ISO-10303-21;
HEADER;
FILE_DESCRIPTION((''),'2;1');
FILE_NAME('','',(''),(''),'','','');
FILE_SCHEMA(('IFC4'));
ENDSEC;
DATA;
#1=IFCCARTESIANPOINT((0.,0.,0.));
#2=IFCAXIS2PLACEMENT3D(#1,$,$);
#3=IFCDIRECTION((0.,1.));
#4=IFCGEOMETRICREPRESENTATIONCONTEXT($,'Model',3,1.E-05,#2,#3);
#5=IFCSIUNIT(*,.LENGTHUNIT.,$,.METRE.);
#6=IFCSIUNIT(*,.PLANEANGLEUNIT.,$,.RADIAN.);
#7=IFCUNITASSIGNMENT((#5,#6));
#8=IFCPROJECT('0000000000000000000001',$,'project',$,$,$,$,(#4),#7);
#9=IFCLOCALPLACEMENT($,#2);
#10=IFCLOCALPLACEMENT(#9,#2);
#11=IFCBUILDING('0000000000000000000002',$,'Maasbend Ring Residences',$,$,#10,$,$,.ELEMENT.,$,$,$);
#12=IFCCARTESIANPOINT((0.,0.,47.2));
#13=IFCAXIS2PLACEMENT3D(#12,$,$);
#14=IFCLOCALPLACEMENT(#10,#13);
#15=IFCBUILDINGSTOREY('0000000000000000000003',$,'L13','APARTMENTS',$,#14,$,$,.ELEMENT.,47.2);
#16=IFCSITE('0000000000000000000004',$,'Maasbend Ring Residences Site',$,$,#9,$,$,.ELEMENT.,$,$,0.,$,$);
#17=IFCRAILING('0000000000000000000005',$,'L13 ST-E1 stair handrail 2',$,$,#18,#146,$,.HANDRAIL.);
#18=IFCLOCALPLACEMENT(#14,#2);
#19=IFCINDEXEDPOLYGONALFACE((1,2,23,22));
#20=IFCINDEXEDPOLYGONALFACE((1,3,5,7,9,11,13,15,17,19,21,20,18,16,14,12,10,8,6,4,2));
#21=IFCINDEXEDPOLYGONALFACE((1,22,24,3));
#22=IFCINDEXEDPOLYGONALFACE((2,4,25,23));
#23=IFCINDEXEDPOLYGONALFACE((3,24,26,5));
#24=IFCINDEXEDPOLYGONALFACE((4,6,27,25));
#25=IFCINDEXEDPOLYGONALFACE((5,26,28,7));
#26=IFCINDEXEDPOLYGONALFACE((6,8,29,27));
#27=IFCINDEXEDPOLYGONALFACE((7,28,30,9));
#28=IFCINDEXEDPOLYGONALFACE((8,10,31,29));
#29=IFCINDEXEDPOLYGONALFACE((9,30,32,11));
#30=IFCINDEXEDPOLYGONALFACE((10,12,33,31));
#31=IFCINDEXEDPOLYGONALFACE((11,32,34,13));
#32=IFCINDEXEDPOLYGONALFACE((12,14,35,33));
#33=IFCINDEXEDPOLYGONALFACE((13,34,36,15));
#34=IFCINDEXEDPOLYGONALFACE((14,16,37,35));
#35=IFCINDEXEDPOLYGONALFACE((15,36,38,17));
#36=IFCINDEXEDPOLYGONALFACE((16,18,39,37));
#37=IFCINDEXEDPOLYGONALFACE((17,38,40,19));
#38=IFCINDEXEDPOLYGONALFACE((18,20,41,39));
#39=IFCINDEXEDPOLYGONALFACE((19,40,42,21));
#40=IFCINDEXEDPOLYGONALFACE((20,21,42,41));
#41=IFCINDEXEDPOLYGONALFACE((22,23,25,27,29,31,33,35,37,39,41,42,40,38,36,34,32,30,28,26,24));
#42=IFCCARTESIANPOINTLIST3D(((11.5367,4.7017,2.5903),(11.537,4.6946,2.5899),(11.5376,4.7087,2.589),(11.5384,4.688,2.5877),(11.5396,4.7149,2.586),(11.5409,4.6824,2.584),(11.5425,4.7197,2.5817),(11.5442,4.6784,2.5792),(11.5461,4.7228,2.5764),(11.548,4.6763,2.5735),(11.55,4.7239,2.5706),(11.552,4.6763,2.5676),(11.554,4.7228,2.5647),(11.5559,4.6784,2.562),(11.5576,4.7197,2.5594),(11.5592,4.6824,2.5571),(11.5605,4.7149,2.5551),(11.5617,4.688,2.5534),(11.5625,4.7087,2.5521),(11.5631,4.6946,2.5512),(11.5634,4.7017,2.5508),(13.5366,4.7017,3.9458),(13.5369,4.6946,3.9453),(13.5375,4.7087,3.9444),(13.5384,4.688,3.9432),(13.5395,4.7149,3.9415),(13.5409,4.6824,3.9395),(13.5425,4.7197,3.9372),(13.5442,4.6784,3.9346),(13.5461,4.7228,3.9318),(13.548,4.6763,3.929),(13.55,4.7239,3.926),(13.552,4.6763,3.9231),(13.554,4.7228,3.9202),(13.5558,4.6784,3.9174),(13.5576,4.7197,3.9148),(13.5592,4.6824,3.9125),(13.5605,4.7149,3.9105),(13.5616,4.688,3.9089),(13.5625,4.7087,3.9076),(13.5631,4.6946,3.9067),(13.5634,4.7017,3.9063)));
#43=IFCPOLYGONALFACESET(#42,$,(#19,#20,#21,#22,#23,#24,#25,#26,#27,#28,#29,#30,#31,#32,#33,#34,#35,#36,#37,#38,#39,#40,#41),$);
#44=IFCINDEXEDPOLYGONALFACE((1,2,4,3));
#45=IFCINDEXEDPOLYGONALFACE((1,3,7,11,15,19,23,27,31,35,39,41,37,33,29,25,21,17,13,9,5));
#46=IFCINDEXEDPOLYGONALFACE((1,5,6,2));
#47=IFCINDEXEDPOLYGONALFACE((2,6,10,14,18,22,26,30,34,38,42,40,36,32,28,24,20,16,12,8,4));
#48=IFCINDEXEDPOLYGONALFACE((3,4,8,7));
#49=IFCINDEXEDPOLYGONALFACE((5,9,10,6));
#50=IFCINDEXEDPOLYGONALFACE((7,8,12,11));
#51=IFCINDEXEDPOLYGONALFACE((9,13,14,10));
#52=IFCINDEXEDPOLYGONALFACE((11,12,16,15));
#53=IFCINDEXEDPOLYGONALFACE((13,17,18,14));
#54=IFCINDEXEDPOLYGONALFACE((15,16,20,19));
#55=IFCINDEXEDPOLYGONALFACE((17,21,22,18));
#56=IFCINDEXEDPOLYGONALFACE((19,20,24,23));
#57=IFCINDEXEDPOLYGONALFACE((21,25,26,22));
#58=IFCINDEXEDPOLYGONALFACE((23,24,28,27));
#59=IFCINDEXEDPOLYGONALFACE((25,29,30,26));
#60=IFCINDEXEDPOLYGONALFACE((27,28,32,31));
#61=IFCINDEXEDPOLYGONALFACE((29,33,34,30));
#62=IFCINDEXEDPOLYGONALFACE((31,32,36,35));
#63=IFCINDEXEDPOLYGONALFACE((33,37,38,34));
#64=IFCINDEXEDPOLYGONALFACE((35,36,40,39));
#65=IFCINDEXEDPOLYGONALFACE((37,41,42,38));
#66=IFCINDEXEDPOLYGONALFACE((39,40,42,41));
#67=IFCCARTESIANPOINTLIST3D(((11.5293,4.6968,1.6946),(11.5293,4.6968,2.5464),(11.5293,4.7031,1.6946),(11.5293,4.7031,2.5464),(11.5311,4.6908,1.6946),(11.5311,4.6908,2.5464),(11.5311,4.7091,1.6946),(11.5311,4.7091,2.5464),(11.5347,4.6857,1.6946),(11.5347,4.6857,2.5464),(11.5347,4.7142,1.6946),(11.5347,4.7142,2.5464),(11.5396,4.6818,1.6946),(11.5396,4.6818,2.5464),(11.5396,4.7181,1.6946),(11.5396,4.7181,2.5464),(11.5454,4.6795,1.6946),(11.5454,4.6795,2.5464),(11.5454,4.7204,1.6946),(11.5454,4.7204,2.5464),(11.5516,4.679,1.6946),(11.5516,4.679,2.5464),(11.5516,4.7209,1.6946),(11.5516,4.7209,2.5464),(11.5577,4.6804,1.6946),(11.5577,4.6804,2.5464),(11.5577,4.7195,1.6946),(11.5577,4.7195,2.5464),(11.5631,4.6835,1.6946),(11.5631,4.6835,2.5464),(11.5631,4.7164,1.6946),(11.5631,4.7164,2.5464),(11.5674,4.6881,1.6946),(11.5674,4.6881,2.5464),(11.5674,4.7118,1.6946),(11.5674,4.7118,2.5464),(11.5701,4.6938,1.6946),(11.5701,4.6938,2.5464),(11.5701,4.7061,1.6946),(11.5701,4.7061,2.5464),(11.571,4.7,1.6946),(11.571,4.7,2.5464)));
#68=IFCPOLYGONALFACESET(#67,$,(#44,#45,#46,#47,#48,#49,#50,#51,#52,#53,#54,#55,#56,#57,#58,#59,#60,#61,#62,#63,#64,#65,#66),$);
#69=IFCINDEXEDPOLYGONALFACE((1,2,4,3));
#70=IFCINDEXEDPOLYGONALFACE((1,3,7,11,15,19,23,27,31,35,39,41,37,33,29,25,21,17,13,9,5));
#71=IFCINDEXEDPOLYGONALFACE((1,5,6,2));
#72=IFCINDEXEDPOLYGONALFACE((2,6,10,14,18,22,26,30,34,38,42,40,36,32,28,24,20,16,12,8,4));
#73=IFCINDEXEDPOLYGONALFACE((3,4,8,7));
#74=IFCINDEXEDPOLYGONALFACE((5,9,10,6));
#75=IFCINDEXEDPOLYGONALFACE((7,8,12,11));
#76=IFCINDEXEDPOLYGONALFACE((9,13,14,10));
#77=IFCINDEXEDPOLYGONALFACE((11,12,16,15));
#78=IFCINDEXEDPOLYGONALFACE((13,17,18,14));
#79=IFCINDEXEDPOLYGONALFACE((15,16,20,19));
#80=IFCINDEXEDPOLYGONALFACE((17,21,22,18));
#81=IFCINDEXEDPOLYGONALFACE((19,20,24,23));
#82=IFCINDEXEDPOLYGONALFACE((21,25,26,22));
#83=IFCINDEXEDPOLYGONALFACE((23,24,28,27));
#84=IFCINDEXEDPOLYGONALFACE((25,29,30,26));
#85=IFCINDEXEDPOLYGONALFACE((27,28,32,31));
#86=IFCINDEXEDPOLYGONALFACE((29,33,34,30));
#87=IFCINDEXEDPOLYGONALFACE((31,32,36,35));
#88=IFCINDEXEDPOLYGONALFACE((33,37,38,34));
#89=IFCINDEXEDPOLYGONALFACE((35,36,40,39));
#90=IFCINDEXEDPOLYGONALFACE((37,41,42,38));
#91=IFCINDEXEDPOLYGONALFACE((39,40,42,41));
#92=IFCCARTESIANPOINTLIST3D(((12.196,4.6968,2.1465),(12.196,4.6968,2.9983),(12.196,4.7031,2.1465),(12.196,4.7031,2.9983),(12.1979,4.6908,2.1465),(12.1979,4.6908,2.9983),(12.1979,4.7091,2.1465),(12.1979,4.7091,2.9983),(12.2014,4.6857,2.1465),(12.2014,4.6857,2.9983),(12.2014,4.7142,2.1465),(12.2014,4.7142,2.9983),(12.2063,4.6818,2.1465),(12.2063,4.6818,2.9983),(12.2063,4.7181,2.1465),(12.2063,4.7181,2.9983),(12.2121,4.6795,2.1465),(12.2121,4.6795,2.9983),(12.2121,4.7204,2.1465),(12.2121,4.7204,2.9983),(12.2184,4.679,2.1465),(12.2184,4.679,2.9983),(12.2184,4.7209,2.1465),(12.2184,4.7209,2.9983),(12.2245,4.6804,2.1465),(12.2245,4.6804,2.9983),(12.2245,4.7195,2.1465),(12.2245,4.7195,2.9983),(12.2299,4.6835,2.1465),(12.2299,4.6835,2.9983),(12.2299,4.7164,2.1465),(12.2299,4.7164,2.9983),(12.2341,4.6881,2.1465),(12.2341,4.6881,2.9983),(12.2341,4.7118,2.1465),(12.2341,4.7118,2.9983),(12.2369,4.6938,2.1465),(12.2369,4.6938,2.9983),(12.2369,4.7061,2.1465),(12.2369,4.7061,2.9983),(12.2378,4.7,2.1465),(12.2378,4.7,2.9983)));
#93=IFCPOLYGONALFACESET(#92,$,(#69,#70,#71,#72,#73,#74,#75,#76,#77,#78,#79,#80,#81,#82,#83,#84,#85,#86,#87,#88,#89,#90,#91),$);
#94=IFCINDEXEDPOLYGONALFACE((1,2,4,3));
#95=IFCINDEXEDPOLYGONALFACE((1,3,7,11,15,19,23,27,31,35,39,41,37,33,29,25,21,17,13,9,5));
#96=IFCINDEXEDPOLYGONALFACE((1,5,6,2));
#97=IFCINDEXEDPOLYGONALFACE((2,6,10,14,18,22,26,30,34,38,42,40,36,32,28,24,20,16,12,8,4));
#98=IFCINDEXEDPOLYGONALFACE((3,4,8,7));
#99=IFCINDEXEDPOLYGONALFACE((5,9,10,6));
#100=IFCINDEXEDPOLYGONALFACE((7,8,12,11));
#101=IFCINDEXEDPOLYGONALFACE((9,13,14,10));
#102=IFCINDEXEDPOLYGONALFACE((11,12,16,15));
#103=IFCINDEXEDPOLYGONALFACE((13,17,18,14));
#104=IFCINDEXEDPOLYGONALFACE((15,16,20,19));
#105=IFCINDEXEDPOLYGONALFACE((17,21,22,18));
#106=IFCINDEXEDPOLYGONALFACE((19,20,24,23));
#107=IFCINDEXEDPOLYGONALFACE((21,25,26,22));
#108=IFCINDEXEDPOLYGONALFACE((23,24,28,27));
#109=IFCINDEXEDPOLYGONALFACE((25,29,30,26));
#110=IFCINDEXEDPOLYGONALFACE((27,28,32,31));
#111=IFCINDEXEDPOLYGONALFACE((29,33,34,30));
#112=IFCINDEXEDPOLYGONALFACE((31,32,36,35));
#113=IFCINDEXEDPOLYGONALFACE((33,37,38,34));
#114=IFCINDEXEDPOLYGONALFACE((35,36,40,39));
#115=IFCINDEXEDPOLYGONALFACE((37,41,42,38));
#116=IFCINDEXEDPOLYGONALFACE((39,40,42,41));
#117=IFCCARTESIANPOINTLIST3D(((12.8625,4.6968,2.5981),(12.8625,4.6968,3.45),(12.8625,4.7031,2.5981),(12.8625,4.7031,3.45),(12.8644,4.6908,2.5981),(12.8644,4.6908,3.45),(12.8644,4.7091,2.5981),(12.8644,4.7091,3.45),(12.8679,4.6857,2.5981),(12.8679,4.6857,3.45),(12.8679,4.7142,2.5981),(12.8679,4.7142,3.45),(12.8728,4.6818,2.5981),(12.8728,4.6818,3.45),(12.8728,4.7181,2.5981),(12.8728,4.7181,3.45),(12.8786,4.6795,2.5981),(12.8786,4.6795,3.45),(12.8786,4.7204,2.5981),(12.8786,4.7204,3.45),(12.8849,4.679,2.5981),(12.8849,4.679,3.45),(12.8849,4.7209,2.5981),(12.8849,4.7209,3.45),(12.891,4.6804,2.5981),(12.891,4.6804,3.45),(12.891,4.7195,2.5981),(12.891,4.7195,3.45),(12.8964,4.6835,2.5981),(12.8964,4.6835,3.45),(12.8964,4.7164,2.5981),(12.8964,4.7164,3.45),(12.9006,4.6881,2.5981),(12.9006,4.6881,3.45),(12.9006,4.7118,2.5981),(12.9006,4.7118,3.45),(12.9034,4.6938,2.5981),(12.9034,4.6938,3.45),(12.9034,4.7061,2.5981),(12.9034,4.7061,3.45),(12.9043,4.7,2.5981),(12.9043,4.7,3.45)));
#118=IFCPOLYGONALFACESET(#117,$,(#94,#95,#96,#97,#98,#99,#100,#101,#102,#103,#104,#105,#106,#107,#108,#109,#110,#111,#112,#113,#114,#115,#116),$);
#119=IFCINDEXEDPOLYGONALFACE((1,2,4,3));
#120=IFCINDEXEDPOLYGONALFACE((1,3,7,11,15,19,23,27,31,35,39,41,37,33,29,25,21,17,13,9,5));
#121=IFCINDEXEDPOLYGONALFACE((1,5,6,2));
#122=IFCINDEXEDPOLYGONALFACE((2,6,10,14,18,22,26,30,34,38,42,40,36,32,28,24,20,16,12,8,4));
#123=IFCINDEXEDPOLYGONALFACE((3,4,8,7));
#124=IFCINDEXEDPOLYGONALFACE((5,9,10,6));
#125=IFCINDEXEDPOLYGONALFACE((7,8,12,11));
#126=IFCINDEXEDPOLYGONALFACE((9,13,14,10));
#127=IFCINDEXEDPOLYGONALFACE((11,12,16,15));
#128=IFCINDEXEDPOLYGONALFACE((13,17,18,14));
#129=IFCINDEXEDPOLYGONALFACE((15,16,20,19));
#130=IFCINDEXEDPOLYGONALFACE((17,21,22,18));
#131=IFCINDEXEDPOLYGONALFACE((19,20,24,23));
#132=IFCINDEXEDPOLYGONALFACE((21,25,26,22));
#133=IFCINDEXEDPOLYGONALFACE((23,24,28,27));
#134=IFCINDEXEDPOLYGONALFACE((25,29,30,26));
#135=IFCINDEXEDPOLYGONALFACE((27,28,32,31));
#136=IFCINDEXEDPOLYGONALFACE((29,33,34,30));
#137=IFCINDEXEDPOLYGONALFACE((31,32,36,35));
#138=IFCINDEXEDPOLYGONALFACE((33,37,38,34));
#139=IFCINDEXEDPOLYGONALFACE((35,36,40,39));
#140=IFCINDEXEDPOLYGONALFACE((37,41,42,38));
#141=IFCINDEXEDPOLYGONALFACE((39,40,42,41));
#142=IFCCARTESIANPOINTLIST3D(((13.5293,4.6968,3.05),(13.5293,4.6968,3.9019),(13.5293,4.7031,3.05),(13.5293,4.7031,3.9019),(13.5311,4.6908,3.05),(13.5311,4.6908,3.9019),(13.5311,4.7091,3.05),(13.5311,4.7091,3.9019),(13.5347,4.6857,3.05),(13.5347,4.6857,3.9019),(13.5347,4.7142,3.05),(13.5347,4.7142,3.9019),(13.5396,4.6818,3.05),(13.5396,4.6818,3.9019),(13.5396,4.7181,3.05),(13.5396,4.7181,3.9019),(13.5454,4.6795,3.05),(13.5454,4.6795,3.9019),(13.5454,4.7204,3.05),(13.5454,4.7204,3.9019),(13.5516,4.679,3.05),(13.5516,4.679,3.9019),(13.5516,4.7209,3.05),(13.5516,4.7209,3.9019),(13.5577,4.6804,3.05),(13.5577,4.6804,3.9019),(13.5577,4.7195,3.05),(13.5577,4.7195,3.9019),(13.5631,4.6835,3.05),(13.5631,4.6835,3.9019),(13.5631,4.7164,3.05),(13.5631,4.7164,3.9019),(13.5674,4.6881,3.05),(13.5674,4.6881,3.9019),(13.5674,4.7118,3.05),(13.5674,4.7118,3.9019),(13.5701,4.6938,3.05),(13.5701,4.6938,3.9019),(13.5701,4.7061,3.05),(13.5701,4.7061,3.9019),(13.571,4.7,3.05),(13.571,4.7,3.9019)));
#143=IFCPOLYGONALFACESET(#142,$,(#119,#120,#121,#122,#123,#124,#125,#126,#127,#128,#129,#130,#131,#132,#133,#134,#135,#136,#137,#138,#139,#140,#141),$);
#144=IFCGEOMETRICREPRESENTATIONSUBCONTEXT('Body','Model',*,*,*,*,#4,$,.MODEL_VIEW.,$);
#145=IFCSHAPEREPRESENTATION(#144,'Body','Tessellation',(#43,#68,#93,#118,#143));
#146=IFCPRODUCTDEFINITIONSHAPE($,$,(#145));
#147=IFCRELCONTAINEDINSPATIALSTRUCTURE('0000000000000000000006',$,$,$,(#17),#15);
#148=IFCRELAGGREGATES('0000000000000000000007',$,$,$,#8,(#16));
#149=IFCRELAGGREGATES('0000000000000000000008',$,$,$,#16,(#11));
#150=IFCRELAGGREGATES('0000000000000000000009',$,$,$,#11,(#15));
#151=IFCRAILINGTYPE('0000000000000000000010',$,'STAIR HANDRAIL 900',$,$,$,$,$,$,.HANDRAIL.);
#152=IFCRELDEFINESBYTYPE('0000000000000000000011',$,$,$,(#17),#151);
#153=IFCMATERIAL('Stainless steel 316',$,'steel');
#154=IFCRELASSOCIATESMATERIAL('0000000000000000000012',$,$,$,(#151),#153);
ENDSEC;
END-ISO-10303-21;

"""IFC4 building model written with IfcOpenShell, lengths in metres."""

from ifc_helpers import new_model, si_unit, direction, frame, origin, origin_2d, place, context, subcontext, project, spatial, circle, extrude, material, type_object, element, save


model = new_model("IFC4")

# Units and contexts
model_context = context("Model", 3, precision=1e-05, world=origin(), true_north=direction((0.0, 1.0)))
body_context = subcontext(model_context, "Body", "Model", "MODEL_VIEW")
ifc_project = project(units=[si_unit("LENGTHUNIT", "METRE"), si_unit("PLANEANGLEUNIT", "RADIAN")], contexts=[model_context])

# Site, building, storey
site_placement = place(None, origin())
site = spatial("IfcSite", under=ifc_project, at=site_placement, Name="Maasbend Ring Residences Site", CompositionType="ELEMENT", RefElevation=0.0)
building_placement = place(site_placement, origin())
building = spatial("IfcBuilding", under=site, at=building_placement, Name="Maasbend Ring Residences", CompositionType="ELEMENT")
storey_placement = place(building_placement, frame((0.0, 0.0, 47.2)))
storey = spatial("IfcBuildingStorey", under=building, at=storey_placement, Name="L13", Description="APARTMENTS", CompositionType="ELEMENT", Elevation=47.2)

# Railing
ifc_material_1 = material(Name="Stainless steel 316", Category="steel")
railing_type_1 = type_object("IfcRailingType", Name="STAIR HANDRAIL 900", PredefinedType="HANDRAIL", material=ifc_material_1)
railing_1_placement = place(storey_placement, frame((11.55, 4.7, 1.6946)))
element("IfcRailing", 1, at=railing_1_placement, inside=storey, type_object=railing_type_1, Name="L13 ST-E1 stair handrail 2", PredefinedType="HANDRAIL", context=body_context, shape_type="SweptSolid", body=[
    extrude(circle(Radius=0.0239, at=origin_2d()), frame((0.0, 0.0, 0.876), z_axis=(0.827798, 0.0, 0.561027), x_axis=(0.0, 1.0, 0.0)), (0.0, 0.0, 1.0), 2.416),
    extrude(circle(Radius=0.021, at=origin_2d()), origin(), (0.0, 0.0, 1.0), 0.8518),
    extrude(circle(Radius=0.021, at=origin_2d()), frame((0.6667, 0.0, 0.4519)), (0.0, 0.0, 1.0), 0.8518),
    extrude(circle(Radius=0.021, at=origin_2d()), frame((1.3333, 0.0, 0.9036)), (0.0, 0.0, 1.0), 0.8518),
    extrude(circle(Radius=0.021, at=origin_2d()), frame((2.0, 0.0, 1.3555)), (0.0, 0.0, 1.0), 0.8518),
])

save(model, "model.ifc")
